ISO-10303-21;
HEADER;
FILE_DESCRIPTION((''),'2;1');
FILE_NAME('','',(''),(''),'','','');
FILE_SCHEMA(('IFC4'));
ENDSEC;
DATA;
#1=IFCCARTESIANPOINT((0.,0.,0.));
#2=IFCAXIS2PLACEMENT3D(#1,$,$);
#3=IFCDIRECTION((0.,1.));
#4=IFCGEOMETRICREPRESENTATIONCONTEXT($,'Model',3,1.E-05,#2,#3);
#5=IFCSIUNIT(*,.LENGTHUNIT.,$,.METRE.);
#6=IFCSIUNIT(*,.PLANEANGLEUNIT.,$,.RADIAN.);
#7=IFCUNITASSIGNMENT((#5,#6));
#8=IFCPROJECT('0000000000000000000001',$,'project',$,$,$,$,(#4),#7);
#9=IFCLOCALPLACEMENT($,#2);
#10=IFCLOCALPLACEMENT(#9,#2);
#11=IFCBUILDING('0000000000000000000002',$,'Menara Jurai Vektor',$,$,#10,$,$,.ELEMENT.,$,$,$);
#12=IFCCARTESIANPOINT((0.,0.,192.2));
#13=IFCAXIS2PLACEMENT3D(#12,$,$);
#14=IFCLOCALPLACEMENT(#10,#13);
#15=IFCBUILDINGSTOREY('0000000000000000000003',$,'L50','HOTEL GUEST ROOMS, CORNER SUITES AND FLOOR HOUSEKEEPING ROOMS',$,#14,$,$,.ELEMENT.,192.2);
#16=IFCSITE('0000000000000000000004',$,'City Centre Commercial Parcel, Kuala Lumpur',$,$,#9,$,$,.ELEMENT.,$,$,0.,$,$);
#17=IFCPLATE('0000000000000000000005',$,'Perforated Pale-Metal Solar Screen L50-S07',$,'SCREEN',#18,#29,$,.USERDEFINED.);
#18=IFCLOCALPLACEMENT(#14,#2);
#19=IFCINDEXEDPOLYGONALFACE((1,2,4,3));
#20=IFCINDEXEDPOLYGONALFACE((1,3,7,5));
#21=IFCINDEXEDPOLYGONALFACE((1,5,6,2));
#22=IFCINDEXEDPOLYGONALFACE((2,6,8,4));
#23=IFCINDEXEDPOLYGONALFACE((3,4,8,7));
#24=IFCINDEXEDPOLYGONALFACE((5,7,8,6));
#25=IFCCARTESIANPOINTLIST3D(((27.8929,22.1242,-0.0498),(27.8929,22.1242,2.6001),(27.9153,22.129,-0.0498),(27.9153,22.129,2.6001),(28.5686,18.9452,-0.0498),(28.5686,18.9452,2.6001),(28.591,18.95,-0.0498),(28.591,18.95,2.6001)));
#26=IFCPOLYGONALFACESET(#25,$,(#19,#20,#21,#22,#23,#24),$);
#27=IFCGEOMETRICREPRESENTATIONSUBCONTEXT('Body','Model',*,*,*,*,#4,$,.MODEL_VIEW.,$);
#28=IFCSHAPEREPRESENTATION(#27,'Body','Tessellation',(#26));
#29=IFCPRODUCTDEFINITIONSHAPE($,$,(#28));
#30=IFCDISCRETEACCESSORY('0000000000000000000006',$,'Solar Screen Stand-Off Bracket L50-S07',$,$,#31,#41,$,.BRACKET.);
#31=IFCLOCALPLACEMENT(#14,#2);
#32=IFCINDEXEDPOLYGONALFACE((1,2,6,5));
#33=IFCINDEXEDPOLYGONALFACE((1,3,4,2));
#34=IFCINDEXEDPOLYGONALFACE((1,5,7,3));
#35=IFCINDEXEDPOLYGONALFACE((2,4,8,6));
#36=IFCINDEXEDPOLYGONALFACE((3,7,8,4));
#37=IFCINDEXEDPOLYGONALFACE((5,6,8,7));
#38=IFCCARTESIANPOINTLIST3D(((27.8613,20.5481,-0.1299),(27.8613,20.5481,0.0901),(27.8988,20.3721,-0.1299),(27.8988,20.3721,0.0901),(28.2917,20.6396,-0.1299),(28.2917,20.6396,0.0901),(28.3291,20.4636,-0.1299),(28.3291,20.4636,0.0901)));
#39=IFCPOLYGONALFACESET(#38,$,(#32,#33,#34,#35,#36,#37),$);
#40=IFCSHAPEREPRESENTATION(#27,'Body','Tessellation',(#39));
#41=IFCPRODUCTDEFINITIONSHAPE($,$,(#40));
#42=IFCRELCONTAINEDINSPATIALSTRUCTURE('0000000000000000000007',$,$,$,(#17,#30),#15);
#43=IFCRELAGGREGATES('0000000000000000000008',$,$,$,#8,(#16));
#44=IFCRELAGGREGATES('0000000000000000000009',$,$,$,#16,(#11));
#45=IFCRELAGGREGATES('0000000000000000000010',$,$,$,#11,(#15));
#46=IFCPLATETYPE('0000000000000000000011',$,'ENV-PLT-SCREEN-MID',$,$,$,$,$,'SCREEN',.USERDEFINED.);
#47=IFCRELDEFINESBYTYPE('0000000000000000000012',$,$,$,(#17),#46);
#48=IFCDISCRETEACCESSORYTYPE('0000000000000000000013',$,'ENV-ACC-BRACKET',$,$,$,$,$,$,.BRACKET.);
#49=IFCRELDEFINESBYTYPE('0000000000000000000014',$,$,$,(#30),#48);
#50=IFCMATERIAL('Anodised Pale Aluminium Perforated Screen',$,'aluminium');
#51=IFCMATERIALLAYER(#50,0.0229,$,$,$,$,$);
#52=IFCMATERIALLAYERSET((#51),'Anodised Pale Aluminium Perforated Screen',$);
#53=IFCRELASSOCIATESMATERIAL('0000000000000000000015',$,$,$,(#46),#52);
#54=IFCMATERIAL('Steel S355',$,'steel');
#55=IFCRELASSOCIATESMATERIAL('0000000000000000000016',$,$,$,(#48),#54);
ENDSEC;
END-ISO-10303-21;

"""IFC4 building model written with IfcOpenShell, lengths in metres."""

from ifc_helpers import new_model, si_unit, direction, frame, origin, origin_2d, place, context, subcontext, project, spatial, rectangle, extrude, material, layer, layer_set, type_object, element, save


model = new_model("IFC4")

# Units and contexts
model_context = context("Model", 3, precision=1e-05, world=origin(), true_north=direction((0.0, 1.0)))
body_context = subcontext(model_context, "Body", "Model", "MODEL_VIEW")
ifc_project = project(units=[si_unit("LENGTHUNIT", "METRE"), si_unit("PLANEANGLEUNIT", "RADIAN")], contexts=[model_context])

# Site, building, storey
site_placement = place(None, origin())
site = spatial("IfcSite", under=ifc_project, at=site_placement, Name="City Centre Commercial Parcel, Kuala Lumpur", CompositionType="ELEMENT", RefElevation=0.0)
building_placement = place(site_placement, origin())
building = spatial("IfcBuilding", under=site, at=building_placement, Name="Menara Jurai Vektor", CompositionType="ELEMENT")
storey_placement = place(building_placement, frame((0.0, 0.0, 192.2)))
storey = spatial("IfcBuildingStorey", under=building, at=storey_placement, Name="L50", Description="HOTEL GUEST ROOMS, CORNER SUITES AND FLOOR HOUSEKEEPING ROOMS", CompositionType="ELEMENT", Elevation=192.2)

# Shared definitions
ifc_material_1 = material(Name="Steel S355", Category="steel")

# Plate
ifc_material_2 = material(Name="Anodised Pale Aluminium Perforated Screen", Category="aluminium")
ifc_layer_1 = layer(ifc_material_2, 0.0229)
ifc_layer_set_1 = layer_set([ifc_layer_1], Name="Anodised Pale Aluminium Perforated Screen")
plate_type_1 = type_object("IfcPlateType", Name="ENV-PLT-SCREEN-MID", ElementType="SCREEN", PredefinedType="USERDEFINED", material=ifc_layer_set_1)
plate_1_placement = place(storey_placement, frame((28.2419, 20.5371, -0.0498), z_axis=(0.0, 0.0, 1.0), x_axis=(-0.207912, 0.978148, 0.0)))
element("IfcPlate", 1, at=plate_1_placement, inside=storey, type_object=plate_type_1, Name="Perforated Pale-Metal Solar Screen L50-S07", ObjectType="SCREEN", PredefinedType="USERDEFINED", context=body_context, shape_type="SweptSolid", body=[
    extrude(rectangle(XDim=3.25, YDim=0.0229, at=origin_2d()), origin(), (0.0, 0.0, 1.0), 2.6499),
])

# Discrete accessory
discrete_accessory_type = type_object("IfcDiscreteAccessoryType", Name="ENV-ACC-BRACKET", PredefinedType="BRACKET", material=ifc_material_1)
discrete_accessory_placement = place(storey_placement, frame((28.0952, 20.5059, -0.1299), z_axis=(0.0, 0.0, 1.0), x_axis=(-0.207912, 0.978148, 0.0)))
element("IfcDiscreteAccessory", 2, at=discrete_accessory_placement, inside=storey, type_object=discrete_accessory_type, Name="Solar Screen Stand-Off Bracket L50-S07", PredefinedType="BRACKET", context=body_context, shape_type="SweptSolid", body=[
    extrude(rectangle(XDim=0.1799, YDim=0.4399, at=origin_2d()), origin(), (0.0, 0.0, 1.0), 0.22),
])

save(model, "model.ifc")
